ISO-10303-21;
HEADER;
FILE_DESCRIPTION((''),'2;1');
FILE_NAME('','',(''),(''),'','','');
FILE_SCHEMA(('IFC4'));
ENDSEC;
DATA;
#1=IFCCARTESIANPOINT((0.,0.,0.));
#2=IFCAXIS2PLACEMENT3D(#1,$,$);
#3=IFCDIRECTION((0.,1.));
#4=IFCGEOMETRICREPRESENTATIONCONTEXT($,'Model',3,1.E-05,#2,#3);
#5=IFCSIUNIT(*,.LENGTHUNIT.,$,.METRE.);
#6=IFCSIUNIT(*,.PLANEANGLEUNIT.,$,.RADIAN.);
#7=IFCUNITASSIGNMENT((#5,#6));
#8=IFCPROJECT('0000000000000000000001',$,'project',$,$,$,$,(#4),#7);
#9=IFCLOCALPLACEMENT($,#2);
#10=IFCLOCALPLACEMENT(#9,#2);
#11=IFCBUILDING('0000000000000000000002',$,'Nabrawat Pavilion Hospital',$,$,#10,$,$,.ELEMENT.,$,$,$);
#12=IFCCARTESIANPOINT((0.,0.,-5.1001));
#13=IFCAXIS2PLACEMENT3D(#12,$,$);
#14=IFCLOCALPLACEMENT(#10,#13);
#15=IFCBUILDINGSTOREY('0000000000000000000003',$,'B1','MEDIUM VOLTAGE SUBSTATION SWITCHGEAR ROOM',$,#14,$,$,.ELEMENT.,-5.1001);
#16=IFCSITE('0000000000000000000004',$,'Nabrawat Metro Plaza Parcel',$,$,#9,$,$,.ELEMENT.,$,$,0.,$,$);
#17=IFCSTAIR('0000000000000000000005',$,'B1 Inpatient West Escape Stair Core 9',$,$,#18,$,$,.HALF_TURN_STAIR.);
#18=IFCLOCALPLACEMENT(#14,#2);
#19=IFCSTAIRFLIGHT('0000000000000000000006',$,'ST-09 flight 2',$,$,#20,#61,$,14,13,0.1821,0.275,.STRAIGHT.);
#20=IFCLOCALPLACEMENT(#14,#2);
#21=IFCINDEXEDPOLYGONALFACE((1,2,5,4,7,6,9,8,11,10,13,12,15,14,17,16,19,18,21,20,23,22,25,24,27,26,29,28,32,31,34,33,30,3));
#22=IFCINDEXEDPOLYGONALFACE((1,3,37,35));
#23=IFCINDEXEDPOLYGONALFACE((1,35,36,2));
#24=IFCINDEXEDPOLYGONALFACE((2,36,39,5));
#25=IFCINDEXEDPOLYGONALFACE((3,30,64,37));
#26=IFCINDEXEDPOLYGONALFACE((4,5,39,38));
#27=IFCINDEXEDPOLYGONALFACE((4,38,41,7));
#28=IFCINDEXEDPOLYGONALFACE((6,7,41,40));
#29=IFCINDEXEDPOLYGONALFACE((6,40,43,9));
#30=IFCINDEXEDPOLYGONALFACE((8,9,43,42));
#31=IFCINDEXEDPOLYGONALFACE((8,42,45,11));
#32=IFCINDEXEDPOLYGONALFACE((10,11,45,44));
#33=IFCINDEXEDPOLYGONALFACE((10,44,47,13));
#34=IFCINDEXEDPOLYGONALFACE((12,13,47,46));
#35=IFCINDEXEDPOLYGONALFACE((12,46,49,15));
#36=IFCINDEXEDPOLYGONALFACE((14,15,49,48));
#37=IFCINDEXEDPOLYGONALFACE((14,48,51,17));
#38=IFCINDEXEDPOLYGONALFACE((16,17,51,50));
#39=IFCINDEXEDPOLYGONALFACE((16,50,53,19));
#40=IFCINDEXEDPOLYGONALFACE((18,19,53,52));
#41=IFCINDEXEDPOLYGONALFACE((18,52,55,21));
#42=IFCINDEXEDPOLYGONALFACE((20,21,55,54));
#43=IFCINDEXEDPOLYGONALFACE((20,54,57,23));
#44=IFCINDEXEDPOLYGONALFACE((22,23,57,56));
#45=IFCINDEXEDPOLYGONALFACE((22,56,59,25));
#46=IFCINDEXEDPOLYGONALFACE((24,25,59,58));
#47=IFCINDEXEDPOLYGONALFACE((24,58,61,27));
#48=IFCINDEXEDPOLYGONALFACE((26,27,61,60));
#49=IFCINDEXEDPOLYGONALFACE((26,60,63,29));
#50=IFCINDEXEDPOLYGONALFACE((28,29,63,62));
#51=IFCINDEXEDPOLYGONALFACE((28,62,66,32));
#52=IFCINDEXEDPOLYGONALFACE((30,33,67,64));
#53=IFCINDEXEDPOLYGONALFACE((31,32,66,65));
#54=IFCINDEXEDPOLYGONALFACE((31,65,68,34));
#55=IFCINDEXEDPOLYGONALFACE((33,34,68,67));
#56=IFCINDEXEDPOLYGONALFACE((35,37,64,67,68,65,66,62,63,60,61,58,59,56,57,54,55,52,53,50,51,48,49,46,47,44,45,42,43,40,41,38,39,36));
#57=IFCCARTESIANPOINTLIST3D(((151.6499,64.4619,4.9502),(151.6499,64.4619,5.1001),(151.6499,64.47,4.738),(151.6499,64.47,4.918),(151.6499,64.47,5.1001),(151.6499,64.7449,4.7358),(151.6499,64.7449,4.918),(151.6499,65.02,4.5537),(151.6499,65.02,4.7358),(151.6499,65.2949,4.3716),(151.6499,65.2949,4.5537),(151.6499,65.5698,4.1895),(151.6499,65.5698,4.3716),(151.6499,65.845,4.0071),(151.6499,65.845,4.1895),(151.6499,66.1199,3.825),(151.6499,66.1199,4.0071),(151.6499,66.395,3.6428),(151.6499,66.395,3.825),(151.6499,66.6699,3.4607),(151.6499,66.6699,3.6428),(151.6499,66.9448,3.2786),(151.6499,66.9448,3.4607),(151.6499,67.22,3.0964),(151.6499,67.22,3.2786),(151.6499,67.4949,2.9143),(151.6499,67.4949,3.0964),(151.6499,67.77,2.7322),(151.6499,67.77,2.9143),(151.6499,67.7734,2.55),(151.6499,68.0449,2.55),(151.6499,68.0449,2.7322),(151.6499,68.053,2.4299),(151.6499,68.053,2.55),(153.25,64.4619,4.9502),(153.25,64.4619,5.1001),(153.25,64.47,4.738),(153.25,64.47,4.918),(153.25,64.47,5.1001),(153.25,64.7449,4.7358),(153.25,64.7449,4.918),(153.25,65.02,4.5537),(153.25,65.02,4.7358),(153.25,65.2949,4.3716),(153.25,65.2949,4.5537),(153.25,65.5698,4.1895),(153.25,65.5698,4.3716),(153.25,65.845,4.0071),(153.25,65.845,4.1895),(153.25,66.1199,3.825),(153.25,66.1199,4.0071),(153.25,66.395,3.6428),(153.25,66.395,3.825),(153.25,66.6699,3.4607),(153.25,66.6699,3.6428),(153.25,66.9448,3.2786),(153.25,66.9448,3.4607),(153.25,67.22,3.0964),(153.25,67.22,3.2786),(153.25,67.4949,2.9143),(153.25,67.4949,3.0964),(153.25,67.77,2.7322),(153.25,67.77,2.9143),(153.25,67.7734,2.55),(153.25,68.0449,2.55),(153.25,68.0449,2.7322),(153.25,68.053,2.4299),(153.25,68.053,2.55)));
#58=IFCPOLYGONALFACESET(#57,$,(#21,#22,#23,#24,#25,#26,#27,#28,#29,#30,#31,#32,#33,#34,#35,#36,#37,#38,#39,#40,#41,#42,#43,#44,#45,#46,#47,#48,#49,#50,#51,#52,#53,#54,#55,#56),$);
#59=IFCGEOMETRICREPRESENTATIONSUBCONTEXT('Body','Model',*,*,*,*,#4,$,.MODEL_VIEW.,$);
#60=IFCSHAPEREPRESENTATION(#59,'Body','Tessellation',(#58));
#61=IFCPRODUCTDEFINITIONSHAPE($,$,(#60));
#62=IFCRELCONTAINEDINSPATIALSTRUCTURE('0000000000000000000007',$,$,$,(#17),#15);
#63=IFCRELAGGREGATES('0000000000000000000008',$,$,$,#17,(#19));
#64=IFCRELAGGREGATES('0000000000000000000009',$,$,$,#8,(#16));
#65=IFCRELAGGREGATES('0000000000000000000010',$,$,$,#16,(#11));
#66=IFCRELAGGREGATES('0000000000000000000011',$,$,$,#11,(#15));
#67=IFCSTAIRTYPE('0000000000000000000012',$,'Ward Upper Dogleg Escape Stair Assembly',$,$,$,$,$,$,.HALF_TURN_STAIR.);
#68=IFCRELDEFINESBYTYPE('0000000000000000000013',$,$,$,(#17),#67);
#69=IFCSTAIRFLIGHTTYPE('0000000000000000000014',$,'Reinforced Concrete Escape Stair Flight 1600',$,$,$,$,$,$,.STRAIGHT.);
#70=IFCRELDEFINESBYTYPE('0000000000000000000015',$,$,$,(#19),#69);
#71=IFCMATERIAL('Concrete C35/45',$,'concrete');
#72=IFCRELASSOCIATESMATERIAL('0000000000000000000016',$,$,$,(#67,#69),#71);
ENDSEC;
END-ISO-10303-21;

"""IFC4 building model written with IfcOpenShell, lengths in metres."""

from ifc_helpers import new_model, si_unit, direction, frame, origin, place, context, subcontext, project, spatial, polyline, outline, extrude, material, type_object, element, aggregate, save


model = new_model("IFC4")

# Units and contexts
model_context = context("Model", 3, precision=1e-05, world=origin(), true_north=direction((0.0, 1.0)))
body_context = subcontext(model_context, "Body", "Model", "MODEL_VIEW")
ifc_project = project(units=[si_unit("LENGTHUNIT", "METRE"), si_unit("PLANEANGLEUNIT", "RADIAN")], contexts=[model_context])

# Site, building, storey
site_placement = place(None, origin())
site = spatial("IfcSite", under=ifc_project, at=site_placement, Name="Nabrawat Metro Plaza Parcel", CompositionType="ELEMENT", RefElevation=0.0)
building_placement = place(site_placement, origin())
building = spatial("IfcBuilding", under=site, at=building_placement, Name="Nabrawat Pavilion Hospital", CompositionType="ELEMENT")
storey_placement = place(building_placement, frame((0.0, 0.0, -5.1001)))
storey = spatial("IfcBuildingStorey", under=building, at=storey_placement, Name="B1", Description="MEDIUM VOLTAGE SUBSTATION SWITCHGEAR ROOM", CompositionType="ELEMENT", Elevation=-5.1001)

# Shared definitions
ifc_material_1 = material(Name="Concrete C35/45", Category="concrete")

# Stair, stair flight
stair_type = type_object("IfcStairType", Name="Ward Upper Dogleg Escape Stair Assembly", PredefinedType="HALF_TURN_STAIR", material=ifc_material_1)
stair_placement = place(storey_placement, origin())
stair = element("IfcStair", 1, at=stair_placement, inside=storey, type_object=stair_type, Name="B1 Inpatient West Escape Stair Core 9", PredefinedType="HALF_TURN_STAIR")
stair_flight_type = type_object("IfcStairFlightType", Name="Reinforced Concrete Escape Stair Flight 1600", PredefinedType="STRAIGHT", material=ifc_material_1)
stair_flight_1_placement = place(storey_placement, frame((152.45, 68.0449, 2.55), z_axis=(0.0, 0.0, 1.0), x_axis=(0.0, -1.0, 0.0)))
stair_flight_1 = element("IfcStairFlight", 2, at=stair_flight_1_placement, type_object=stair_flight_type, Name="ST-09 flight 2", NumberOfRisers=14, NumberOfTreads=13, PredefinedType="STRAIGHT", RiserHeight=0.1821, TreadLength=0.275, context=body_context, shape_type="SweptSolid", body=[
    extrude(outline(polyline([(-0.0081, 0.0), (0.0, 0.0), (0.0, 0.1821), (0.2749, 0.1821), (0.2749, 0.3643), (0.55, 0.3643), (0.55, 0.5464), (0.825, 0.5464), (0.825, 0.7285), (1.1001, 0.7285), (1.1001, 0.9106), (1.375, 0.9106), (1.375, 1.0928), (1.6499, 1.0928), (1.6499, 1.2749), (1.925, 1.2749), (1.925, 1.457), (2.2, 1.457), (2.2, 1.6394), (2.4751, 1.6394), (2.4751, 1.8215), (2.75, 1.8215), (2.75, 2.0037), (3.0249, 2.0037), (3.0249, 2.1858), (3.3, 2.1858), (3.3, 2.3679), (3.575, 2.3679), (3.575, 2.55), (3.583, 2.55), (3.583, 2.4001), (3.575, 2.188), (0.2715, 0.0), (-0.0081, -0.1201), (-0.0081, 0.0)])), frame((0.0, 0.8, 0.0), z_axis=(0.0, -1.0, 0.0), x_axis=(1.0, 0.0, 0.0)), (0.0, 0.0, 1.0), 1.6001),
])
aggregate(stair, [stair_flight_1])

save(model, "model.ifc")
